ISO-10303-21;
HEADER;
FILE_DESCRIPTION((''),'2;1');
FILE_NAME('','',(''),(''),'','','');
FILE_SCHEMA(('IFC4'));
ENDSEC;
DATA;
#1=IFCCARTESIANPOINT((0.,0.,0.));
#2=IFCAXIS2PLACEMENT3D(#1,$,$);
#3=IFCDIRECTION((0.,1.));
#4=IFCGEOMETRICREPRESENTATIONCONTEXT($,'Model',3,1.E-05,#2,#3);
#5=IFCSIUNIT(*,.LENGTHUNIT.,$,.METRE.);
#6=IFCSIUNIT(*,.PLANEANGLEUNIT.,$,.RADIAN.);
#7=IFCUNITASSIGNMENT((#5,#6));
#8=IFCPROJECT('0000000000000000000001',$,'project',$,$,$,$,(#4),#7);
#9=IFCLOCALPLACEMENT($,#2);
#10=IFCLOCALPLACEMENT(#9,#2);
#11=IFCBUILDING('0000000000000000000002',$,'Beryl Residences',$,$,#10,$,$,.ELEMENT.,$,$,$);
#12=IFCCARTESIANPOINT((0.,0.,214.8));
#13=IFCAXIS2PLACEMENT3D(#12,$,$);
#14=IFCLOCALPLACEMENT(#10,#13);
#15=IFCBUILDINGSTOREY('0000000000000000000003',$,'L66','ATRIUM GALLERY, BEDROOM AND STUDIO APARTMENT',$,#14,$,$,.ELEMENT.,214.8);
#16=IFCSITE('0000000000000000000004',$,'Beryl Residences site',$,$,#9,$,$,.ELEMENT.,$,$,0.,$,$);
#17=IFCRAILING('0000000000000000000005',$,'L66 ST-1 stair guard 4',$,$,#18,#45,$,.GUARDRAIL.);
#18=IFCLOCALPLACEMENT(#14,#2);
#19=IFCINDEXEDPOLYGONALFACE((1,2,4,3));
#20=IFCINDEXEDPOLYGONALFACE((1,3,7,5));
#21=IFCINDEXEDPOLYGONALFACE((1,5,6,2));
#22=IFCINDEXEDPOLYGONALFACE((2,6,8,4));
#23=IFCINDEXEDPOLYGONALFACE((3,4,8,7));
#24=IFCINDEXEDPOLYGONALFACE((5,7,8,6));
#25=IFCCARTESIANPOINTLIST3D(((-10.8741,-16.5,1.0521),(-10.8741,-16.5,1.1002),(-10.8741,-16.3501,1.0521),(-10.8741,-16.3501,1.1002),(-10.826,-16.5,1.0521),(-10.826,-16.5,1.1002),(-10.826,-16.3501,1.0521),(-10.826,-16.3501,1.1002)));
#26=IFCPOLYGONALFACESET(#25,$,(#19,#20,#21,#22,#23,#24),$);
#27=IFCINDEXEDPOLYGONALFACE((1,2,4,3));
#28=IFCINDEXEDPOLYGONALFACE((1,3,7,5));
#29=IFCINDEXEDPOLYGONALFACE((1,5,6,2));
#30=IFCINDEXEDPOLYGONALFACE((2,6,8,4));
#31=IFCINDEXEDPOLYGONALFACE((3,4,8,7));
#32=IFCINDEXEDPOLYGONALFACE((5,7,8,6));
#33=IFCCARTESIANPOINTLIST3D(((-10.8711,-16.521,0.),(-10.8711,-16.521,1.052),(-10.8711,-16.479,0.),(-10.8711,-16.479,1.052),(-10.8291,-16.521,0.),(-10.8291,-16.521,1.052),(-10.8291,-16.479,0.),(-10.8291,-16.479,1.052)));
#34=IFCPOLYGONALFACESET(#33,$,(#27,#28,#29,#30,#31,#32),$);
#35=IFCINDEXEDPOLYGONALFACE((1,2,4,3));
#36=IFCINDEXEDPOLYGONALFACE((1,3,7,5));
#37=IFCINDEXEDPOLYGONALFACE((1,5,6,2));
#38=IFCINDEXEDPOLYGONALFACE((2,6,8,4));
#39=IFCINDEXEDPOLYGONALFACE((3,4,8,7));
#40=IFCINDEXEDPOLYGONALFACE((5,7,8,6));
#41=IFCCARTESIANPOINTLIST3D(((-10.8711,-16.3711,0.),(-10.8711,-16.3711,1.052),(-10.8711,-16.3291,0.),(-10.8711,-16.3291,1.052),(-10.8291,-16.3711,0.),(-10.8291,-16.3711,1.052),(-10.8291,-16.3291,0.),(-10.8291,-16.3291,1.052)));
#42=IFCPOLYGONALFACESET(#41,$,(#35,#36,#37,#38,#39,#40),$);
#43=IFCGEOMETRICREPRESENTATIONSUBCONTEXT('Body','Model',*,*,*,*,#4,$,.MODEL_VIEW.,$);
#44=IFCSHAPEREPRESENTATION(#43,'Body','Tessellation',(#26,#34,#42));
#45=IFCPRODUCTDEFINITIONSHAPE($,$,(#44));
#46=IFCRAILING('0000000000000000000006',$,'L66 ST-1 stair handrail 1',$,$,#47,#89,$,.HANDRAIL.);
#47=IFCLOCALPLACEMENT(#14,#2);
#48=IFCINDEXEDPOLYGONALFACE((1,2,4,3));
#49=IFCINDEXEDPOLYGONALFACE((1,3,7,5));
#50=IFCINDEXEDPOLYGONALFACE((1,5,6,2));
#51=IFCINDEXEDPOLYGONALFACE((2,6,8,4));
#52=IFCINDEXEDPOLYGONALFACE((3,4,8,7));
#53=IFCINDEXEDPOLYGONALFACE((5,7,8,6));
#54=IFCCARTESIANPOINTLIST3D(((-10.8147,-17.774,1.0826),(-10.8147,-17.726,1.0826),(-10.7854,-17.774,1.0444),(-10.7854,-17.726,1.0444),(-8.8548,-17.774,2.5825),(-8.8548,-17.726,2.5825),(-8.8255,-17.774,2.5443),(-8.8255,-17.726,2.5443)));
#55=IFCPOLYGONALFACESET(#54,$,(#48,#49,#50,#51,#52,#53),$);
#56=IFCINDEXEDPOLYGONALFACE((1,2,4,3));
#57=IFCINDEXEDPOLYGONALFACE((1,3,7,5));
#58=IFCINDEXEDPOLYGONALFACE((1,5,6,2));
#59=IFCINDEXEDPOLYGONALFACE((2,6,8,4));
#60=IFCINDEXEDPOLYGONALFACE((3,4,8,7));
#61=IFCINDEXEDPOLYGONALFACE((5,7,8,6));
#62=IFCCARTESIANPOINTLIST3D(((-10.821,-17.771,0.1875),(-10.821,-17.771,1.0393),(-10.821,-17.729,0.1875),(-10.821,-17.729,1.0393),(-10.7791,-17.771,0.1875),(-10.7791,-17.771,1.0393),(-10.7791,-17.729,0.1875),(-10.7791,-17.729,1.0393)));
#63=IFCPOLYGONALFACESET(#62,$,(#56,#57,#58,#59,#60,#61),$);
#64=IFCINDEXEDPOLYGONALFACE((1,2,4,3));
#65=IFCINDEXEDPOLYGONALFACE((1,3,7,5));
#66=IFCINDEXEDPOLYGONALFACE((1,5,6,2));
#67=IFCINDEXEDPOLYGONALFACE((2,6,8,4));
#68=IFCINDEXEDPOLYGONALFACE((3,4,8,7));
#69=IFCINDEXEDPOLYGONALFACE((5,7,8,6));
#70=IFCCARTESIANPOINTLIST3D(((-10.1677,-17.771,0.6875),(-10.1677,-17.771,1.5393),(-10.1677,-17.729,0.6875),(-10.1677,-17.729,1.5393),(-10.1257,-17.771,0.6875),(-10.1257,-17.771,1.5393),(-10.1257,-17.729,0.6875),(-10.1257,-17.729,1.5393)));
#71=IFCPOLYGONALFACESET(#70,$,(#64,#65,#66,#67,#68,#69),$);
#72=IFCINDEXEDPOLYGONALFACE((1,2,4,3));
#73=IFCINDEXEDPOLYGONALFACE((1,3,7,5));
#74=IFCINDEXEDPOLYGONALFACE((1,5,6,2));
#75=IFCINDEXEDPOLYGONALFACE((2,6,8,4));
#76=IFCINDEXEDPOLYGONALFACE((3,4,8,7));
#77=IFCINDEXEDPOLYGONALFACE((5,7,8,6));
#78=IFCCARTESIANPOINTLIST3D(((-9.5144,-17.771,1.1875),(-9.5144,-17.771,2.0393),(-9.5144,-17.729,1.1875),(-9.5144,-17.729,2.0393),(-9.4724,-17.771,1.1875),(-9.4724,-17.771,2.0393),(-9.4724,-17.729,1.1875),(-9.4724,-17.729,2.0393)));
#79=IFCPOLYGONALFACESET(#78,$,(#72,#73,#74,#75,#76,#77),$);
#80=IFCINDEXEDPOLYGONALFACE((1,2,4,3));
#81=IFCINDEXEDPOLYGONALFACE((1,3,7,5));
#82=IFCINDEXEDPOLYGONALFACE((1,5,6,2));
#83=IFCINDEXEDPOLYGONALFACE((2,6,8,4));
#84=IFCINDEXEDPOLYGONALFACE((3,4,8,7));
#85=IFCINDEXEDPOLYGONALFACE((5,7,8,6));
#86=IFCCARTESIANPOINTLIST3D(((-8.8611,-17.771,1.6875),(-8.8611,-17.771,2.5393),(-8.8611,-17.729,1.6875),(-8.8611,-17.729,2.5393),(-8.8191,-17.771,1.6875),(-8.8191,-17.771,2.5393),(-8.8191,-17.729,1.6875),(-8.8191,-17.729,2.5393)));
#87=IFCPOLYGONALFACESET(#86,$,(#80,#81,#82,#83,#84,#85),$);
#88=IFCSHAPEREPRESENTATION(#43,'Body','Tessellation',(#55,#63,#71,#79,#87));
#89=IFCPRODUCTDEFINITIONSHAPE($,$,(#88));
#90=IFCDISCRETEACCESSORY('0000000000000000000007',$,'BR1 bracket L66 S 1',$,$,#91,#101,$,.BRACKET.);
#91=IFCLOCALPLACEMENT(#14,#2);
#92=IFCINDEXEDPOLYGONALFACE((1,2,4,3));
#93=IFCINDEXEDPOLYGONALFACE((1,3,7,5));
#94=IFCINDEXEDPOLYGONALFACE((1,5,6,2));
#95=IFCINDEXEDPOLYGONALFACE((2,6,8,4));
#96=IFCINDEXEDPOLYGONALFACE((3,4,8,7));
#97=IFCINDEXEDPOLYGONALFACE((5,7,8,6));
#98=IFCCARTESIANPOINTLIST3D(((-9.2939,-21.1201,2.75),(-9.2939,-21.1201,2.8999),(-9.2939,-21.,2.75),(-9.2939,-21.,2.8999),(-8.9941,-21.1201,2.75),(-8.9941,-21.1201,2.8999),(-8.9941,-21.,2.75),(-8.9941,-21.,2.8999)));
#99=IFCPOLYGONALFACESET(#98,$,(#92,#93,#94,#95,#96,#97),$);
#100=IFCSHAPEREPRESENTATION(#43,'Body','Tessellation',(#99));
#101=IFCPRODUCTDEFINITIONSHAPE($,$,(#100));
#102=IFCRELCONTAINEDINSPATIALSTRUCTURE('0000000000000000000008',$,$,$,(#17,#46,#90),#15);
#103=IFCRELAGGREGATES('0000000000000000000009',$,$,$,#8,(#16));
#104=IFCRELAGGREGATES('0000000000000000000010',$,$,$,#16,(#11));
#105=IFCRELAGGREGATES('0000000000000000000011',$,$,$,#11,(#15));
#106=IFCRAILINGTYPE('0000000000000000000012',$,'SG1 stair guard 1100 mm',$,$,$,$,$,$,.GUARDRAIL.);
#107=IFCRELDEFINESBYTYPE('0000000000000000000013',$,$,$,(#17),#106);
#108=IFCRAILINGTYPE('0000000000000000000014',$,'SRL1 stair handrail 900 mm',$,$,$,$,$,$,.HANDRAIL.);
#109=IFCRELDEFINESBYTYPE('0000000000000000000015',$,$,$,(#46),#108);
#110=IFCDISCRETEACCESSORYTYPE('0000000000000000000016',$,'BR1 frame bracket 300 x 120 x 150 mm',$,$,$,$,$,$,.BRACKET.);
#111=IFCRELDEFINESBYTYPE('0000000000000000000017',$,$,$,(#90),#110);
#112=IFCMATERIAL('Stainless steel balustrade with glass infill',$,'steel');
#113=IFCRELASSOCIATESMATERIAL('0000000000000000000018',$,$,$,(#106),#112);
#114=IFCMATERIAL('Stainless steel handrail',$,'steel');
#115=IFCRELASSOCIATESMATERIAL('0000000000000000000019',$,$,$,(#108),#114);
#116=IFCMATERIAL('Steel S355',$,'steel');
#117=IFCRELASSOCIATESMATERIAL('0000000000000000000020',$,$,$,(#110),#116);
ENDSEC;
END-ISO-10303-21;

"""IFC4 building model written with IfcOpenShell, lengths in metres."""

from ifc_helpers import new_model, si_unit, direction, frame, origin, origin_2d, place, context, subcontext, project, spatial, polyline, rectangle, outline, extrude, source, transform, mapped, material, type_object, type_shapes, element, save


model = new_model("IFC4")

# Units and contexts
model_context = context("Model", 3, precision=1e-05, world=origin(), true_north=direction((0.0, 1.0)))
body_context = subcontext(model_context, "Body", "Model", "MODEL_VIEW")
ifc_project = project(units=[si_unit("LENGTHUNIT", "METRE"), si_unit("PLANEANGLEUNIT", "RADIAN")], contexts=[model_context])

# Site, building, storey
site_placement = place(None, origin())
site = spatial("IfcSite", under=ifc_project, at=site_placement, Name="Beryl Residences site", CompositionType="ELEMENT", RefElevation=0.0)
building_placement = place(site_placement, origin())
building = spatial("IfcBuilding", under=site, at=building_placement, Name="Beryl Residences", CompositionType="ELEMENT")
storey_placement = place(building_placement, frame((0.0, 0.0, 214.8)))
storey = spatial("IfcBuildingStorey", under=building, at=storey_placement, Name="L66", Description="ATRIUM GALLERY, BEDROOM AND STUDIO APARTMENT", CompositionType="ELEMENT", Elevation=214.8)

# Railings
ifc_material_1 = material(Name="Stainless steel balustrade with glass infill", Category="steel")
railing_type_1 = type_object("IfcRailingType", Name="SG1 stair guard 1100 mm", PredefinedType="GUARDRAIL", material=ifc_material_1)
railing_1_placement = place(storey_placement, frame((-10.8501, -16.5, 0.0)))
element("IfcRailing", 1, at=railing_1_placement, inside=storey, type_object=railing_type_1, Name="L66 ST-1 stair guard 4", PredefinedType="GUARDRAIL", context=body_context, shape_type="SweptSolid", body=[
    extrude(rectangle(XDim=0.0481, YDim=0.0481, at=origin_2d()), frame((0.0, 0.0, 1.0762), z_axis=(0.0, 1.0, 0.0), x_axis=(-1.0, 0.0, 0.0)), (0.0, 0.0, 1.0), 0.1499),
    extrude(rectangle(XDim=0.042, YDim=0.042, at=origin_2d()), origin(), (0.0, 0.0, 1.0), 1.052),
    extrude(rectangle(XDim=0.042, YDim=0.042, at=origin_2d()), frame((0.0, 0.1499, 0.0)), (0.0, 0.0, 1.0), 1.052),
])
ifc_material_2 = material(Name="Stainless steel handrail", Category="steel")
railing_type_2 = type_object("IfcRailingType", Name="SRL1 stair handrail 900 mm", PredefinedType="HANDRAIL", material=ifc_material_2)
railing_2_placement = place(storey_placement, frame((-10.8, -17.75, 0.1875)))
element("IfcRailing", 2, at=railing_2_placement, inside=storey, type_object=railing_type_2, Name="L66 ST-1 stair handrail 1", PredefinedType="HANDRAIL", context=body_context, shape_type="SweptSolid", body=[
    extrude(rectangle(XDim=0.0481, YDim=0.0481, at=origin_2d()), frame((0.0, 0.0, 0.876), z_axis=(0.794122, 0.0, 0.607758), x_axis=(0.0, 1.0, 0.0)), (0.0, 0.0, 1.0), 2.468),
    extrude(rectangle(XDim=0.042, YDim=0.042, at=origin_2d()), origin(), (0.0, 0.0, 1.0), 0.8518),
    extrude(rectangle(XDim=0.042, YDim=0.042, at=origin_2d()), frame((0.6533, 0.0, 0.5)), (0.0, 0.0, 1.0), 0.8518),
    extrude(rectangle(XDim=0.042, YDim=0.042, at=origin_2d()), frame((1.3066, 0.0, 1.0)), (0.0, 0.0, 1.0), 0.8518),
    extrude(rectangle(XDim=0.042, YDim=0.042, at=origin_2d()), frame((1.96, 0.0, 1.5)), (0.0, 0.0, 1.0), 0.8518),
])

# Discrete accessory
ifc_material_3 = material(Name="Steel S355", Category="steel")
discrete_accessory_type = type_object("IfcDiscreteAccessoryType", Name="BR1 frame bracket 300 x 120 x 150 mm", PredefinedType="BRACKET", material=ifc_material_3)
shared_shape_1 = source(origin(), body_context, "Body", "SweptSolid", [
    extrude(outline(polyline([(-0.1499, 0.0), (0.1499, 0.0), (0.1499, 0.1201), (-0.1499, 0.1201), (-0.1499, 0.0)])), origin(), (0.0, 0.0, 1.0), 0.1499),
])
type_shapes(discrete_accessory_type, [shared_shape_1])
discrete_accessory_placement = place(storey_placement, frame((-9.144, -21.0, 2.75), z_axis=(0.0, 0.0, 1.0), x_axis=(-1.0, 0.0, 0.0)))
element("IfcDiscreteAccessory", 3, at=discrete_accessory_placement, inside=storey, type_object=discrete_accessory_type, Name="BR1 bracket L66 S 1", PredefinedType="BRACKET", context=body_context, shape_type="MappedRepresentation", body=[
    mapped(shared_shape_1, transform((0.0, 0.0, 0.0))),
])

save(model, "model.ifc")
